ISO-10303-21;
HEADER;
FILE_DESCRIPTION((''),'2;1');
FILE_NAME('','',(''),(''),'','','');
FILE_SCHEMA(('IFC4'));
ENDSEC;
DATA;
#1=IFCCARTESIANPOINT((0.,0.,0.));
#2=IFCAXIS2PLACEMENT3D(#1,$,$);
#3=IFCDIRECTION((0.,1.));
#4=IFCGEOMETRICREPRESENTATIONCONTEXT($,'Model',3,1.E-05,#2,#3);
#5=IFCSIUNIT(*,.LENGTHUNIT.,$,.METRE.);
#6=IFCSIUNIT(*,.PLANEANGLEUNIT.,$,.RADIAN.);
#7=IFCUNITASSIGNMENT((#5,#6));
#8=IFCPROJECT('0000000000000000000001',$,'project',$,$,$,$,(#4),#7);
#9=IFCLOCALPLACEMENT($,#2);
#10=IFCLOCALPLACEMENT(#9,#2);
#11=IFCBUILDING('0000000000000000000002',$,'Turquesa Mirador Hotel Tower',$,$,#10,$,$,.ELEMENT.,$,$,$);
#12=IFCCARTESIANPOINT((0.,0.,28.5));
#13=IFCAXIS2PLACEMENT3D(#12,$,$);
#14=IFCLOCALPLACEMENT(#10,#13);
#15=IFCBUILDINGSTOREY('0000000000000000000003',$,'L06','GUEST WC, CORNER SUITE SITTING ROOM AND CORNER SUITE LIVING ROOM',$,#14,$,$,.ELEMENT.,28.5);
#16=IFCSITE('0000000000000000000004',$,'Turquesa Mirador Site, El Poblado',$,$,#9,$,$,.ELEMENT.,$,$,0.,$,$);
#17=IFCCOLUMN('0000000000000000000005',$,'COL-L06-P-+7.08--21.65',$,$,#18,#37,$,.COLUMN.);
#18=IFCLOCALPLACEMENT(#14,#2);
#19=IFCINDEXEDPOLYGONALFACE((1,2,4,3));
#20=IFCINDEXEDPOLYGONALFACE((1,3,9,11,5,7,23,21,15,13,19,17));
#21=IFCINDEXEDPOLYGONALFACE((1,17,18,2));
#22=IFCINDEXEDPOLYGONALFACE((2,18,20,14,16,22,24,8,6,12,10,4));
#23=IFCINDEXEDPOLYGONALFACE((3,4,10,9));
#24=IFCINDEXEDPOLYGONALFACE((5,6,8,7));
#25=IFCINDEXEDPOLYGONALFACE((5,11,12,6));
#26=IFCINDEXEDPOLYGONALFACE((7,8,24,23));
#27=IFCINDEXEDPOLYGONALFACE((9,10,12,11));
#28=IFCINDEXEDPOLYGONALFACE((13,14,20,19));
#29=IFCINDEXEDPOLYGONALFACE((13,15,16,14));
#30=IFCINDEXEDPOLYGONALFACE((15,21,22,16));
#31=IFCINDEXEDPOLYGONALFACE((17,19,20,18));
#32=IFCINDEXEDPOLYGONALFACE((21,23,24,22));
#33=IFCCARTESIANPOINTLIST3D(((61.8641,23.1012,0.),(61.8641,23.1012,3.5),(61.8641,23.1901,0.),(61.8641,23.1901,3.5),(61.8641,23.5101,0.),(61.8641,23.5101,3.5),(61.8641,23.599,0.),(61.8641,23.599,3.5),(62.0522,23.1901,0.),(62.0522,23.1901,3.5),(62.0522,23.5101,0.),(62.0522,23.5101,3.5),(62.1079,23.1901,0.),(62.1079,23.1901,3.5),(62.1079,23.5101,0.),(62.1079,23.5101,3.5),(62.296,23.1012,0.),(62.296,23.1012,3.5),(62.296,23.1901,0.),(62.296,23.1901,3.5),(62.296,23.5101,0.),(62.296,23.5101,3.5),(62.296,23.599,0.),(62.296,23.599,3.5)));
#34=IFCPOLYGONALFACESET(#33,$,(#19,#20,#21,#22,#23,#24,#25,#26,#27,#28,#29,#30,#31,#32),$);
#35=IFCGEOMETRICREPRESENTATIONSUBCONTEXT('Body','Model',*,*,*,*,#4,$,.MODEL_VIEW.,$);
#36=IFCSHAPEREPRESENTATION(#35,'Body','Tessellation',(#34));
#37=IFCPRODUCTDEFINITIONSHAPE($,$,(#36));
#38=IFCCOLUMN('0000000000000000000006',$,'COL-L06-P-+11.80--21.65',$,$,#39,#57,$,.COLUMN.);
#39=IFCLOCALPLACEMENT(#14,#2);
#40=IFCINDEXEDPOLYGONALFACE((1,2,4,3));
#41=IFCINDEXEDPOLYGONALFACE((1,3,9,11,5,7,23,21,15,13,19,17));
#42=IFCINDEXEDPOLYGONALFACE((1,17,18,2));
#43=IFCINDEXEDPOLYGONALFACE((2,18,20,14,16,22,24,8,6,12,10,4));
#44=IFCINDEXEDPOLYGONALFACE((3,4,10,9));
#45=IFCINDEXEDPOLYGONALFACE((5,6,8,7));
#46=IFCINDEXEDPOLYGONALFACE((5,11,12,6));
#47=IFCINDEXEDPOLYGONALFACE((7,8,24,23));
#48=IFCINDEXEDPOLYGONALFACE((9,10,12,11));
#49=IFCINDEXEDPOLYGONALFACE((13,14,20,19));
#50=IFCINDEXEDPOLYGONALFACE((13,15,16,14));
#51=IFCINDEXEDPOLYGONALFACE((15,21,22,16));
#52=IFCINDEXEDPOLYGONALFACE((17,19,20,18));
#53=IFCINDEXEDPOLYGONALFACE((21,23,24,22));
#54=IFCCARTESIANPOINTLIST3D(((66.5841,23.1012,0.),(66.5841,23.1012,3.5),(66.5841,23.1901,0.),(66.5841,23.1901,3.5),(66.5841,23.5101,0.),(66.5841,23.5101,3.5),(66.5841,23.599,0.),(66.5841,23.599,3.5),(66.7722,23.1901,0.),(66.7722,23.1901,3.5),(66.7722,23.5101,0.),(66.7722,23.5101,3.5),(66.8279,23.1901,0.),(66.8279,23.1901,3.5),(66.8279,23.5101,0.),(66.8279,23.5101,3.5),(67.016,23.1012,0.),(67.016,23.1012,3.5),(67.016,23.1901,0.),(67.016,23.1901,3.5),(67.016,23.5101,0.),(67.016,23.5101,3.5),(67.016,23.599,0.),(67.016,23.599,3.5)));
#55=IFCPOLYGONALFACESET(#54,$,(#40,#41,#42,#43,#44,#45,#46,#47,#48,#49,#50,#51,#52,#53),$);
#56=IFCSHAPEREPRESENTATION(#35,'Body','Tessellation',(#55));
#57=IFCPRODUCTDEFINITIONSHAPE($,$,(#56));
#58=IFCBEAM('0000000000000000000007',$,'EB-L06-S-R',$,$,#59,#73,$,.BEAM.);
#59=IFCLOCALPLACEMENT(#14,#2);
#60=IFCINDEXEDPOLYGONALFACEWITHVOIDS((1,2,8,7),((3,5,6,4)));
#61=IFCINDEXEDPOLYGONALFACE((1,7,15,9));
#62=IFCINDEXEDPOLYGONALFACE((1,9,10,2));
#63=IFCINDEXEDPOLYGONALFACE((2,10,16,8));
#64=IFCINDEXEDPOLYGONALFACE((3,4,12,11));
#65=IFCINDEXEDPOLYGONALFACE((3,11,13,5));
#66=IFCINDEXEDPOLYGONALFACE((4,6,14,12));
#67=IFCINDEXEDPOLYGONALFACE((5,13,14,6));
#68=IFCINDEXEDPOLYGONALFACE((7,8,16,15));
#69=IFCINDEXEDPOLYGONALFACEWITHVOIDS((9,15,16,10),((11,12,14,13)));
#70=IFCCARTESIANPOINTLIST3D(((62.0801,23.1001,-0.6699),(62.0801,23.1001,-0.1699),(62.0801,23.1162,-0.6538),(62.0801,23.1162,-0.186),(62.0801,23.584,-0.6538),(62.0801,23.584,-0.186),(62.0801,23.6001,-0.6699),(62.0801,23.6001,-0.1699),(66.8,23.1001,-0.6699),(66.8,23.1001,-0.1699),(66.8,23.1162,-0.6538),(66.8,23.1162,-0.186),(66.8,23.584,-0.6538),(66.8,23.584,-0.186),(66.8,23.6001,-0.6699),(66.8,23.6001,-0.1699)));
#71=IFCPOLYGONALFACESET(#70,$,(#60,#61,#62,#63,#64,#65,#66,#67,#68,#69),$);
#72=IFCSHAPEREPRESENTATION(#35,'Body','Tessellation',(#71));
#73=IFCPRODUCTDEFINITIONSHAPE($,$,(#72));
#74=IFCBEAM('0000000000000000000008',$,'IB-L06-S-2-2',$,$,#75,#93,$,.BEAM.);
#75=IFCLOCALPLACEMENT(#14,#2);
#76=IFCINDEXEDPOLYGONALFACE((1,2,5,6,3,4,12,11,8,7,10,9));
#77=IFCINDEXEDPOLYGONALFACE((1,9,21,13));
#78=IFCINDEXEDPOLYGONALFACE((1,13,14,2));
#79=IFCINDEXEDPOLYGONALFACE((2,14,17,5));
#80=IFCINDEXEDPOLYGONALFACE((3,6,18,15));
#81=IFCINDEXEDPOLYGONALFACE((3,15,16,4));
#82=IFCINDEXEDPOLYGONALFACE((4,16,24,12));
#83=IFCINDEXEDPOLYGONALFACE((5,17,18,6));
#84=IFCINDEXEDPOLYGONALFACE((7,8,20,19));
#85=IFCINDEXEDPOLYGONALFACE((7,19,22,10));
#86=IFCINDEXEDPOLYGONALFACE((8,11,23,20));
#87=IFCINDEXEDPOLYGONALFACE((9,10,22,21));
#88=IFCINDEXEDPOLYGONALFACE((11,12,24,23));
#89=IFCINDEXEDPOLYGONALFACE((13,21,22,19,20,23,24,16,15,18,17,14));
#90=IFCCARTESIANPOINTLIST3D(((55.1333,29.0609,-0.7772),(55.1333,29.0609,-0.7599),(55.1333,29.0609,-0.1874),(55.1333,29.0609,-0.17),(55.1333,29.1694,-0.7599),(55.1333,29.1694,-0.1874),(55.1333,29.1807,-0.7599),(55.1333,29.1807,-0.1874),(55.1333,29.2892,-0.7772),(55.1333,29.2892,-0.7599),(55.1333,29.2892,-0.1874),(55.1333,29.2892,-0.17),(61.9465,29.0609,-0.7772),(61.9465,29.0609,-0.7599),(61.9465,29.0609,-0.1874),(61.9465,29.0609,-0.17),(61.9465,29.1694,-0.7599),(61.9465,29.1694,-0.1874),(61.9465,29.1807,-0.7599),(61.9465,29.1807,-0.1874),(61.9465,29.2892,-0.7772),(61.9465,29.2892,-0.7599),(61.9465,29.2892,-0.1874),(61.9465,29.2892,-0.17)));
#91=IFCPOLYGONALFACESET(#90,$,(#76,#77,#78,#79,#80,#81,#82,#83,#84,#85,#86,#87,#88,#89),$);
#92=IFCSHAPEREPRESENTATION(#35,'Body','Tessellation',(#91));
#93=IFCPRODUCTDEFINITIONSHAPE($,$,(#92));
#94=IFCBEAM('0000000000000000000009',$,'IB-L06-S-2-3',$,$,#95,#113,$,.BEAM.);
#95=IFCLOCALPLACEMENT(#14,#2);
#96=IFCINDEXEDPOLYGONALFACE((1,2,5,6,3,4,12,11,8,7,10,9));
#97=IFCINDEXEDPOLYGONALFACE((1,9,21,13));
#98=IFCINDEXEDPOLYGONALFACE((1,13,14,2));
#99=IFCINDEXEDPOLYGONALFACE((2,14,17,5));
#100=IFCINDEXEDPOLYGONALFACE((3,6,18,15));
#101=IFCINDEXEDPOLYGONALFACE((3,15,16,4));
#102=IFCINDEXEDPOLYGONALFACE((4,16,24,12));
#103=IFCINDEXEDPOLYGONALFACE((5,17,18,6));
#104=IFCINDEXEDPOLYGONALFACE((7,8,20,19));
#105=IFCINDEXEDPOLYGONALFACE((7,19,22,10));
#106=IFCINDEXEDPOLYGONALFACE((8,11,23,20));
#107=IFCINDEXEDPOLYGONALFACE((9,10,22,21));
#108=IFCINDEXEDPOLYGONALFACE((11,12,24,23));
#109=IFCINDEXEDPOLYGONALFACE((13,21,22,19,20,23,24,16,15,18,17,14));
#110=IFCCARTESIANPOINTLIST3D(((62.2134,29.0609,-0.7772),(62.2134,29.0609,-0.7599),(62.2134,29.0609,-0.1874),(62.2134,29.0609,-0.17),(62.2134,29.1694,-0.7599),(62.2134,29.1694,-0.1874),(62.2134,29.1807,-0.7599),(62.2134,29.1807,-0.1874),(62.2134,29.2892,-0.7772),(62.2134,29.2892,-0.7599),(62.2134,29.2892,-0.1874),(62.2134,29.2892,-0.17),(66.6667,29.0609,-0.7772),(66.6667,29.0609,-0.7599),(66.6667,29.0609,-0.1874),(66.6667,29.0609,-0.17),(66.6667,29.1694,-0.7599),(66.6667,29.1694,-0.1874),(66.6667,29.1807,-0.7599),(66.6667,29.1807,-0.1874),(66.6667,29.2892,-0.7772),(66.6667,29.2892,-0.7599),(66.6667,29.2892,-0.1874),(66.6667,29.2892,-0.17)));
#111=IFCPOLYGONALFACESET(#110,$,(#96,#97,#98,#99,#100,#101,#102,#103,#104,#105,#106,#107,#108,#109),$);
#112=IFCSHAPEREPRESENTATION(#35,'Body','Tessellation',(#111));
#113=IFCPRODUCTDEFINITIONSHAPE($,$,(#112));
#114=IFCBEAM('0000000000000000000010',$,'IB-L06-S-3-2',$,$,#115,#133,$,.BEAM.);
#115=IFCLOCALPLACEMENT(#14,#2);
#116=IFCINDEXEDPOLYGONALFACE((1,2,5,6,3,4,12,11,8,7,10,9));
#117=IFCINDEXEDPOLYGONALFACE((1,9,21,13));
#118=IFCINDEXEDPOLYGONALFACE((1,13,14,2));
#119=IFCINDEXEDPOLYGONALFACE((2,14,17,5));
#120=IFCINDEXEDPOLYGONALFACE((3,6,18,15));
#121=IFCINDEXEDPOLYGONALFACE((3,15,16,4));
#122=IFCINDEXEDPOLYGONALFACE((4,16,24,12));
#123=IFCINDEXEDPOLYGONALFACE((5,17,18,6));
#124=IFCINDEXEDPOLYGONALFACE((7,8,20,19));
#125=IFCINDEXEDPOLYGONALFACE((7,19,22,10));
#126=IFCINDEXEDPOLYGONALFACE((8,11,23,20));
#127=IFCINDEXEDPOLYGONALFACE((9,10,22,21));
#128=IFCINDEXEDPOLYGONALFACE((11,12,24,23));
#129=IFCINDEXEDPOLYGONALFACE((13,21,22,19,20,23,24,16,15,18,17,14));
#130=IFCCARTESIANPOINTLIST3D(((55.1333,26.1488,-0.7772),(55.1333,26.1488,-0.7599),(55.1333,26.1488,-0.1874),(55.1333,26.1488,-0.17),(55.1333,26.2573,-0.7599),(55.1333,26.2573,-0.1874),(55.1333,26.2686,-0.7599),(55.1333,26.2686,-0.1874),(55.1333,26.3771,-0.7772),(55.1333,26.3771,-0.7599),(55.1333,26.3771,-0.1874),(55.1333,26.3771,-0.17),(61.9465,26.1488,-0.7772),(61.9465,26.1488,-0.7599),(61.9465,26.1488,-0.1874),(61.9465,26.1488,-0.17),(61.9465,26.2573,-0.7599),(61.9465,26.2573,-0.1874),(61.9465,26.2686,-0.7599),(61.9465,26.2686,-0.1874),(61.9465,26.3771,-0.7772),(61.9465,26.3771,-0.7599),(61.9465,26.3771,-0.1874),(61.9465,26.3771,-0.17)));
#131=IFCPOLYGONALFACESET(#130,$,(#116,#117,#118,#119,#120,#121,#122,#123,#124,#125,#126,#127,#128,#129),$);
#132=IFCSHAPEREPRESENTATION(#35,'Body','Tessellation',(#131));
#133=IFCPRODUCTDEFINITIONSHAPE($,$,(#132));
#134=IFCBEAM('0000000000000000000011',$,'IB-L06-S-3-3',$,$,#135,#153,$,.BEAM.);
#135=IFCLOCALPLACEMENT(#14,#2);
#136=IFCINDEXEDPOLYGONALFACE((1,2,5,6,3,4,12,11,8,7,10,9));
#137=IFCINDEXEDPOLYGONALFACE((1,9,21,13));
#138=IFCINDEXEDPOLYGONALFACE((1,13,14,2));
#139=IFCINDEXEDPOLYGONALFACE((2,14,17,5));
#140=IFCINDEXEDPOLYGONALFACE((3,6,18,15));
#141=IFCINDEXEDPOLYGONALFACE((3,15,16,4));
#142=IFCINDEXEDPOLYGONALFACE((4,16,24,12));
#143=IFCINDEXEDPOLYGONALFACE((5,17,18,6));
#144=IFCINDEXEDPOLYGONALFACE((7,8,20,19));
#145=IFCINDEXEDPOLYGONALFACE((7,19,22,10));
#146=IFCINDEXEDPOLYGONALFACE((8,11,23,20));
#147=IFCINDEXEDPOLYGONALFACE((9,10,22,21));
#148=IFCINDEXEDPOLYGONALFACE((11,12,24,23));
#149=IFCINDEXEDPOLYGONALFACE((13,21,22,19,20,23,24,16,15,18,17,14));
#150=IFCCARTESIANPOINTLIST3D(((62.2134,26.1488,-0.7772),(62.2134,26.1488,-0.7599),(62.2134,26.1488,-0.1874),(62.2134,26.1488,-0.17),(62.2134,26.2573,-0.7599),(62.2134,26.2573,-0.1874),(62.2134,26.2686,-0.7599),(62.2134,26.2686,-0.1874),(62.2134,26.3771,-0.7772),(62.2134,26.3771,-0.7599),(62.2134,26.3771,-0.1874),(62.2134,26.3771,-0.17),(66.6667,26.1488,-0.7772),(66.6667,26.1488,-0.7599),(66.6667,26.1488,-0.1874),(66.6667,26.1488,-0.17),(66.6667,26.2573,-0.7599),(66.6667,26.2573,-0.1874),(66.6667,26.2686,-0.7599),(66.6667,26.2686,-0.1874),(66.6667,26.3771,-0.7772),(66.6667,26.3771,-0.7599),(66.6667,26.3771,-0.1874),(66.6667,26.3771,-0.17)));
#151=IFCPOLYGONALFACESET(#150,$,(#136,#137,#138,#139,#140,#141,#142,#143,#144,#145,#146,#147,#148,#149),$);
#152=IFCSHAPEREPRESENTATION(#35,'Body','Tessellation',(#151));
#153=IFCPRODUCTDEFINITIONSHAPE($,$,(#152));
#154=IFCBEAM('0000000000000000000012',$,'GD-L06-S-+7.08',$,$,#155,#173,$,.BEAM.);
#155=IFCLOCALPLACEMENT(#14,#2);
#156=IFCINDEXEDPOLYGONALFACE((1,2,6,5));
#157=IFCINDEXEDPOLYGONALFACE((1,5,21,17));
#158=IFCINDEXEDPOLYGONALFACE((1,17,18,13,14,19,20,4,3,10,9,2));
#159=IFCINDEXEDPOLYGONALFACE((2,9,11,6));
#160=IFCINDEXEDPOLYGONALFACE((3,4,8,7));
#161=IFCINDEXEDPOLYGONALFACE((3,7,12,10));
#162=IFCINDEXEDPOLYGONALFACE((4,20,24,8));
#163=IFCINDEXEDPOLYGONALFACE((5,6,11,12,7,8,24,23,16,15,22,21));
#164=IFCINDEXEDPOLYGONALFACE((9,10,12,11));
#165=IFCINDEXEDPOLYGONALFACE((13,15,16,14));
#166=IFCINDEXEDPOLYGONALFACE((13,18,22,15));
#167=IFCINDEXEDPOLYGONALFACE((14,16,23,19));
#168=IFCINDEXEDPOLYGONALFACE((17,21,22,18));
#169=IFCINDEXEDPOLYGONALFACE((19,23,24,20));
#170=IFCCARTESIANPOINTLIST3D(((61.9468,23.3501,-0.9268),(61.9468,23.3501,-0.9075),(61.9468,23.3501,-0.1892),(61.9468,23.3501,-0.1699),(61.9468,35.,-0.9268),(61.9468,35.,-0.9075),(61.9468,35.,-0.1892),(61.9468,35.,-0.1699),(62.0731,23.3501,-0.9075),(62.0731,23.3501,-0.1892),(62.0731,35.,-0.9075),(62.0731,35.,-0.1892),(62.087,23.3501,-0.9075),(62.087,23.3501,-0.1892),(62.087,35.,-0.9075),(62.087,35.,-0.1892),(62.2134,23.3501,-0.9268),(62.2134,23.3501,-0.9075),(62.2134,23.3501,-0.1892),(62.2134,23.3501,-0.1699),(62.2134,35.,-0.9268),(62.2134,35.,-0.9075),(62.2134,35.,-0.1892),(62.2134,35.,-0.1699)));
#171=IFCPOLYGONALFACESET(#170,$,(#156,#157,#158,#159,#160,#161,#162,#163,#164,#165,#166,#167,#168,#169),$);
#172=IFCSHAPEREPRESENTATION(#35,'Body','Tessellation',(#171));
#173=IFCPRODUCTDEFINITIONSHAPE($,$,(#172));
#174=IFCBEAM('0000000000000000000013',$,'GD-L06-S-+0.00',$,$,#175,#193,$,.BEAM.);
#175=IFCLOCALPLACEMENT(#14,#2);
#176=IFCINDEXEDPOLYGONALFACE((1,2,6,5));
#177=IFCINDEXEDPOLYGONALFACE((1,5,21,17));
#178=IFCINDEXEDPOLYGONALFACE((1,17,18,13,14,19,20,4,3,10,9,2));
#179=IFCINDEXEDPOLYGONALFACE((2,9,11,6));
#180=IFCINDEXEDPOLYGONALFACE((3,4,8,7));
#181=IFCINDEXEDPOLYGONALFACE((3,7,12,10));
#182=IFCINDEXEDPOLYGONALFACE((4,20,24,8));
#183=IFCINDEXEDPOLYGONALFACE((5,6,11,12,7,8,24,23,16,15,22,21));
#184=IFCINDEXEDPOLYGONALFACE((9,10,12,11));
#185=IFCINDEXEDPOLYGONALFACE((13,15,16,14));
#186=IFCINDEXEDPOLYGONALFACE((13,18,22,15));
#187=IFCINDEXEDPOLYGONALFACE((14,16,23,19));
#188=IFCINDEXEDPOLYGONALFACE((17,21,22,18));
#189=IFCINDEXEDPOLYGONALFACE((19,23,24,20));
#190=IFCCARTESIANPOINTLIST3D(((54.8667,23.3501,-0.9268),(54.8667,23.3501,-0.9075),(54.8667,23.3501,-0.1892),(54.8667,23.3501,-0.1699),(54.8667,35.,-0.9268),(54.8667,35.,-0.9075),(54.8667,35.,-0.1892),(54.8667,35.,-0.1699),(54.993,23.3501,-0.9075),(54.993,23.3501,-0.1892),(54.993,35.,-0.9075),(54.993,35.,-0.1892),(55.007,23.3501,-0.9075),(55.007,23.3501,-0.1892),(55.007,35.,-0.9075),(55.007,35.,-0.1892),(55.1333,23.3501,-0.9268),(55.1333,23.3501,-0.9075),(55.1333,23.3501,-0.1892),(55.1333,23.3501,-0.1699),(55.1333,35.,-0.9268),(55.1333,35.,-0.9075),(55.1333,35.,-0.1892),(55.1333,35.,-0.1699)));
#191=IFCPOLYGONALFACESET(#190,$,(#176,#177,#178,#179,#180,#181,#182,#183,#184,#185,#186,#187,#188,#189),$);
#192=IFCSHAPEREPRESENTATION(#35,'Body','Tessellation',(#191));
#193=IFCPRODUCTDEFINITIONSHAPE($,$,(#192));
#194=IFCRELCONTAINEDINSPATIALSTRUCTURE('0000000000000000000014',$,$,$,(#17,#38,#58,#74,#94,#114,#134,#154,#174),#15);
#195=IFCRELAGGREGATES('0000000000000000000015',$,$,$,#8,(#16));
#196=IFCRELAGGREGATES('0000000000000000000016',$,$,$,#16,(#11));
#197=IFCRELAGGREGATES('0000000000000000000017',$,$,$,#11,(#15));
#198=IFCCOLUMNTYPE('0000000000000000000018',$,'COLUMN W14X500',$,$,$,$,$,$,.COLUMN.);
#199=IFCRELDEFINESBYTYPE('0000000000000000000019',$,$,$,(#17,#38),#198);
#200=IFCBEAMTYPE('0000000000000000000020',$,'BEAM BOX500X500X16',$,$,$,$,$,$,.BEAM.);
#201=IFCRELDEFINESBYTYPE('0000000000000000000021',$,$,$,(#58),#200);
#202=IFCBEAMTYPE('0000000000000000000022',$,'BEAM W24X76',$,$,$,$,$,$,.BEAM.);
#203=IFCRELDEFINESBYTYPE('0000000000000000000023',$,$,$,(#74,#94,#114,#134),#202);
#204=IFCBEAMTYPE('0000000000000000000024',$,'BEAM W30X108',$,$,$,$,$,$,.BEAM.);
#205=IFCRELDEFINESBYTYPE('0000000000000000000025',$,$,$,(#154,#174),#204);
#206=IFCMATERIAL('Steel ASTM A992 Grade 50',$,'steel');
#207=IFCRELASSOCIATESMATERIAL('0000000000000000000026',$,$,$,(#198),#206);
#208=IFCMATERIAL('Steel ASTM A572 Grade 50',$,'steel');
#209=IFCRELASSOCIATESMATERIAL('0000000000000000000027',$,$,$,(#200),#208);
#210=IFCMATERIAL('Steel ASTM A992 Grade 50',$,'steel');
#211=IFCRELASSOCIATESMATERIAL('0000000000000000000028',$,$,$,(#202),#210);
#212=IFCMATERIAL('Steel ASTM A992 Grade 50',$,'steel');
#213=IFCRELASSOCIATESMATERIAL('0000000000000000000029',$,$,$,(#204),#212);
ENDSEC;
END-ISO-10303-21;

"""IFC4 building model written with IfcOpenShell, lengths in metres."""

from ifc_helpers import new_model, si_unit, direction, frame, origin, origin_2d, place, context, subcontext, project, spatial, hollow_rectangle, i_section, extrude, material, material_profile, profile_set, type_object, element, save


model = new_model("IFC4")

# Units and contexts
model_context = context("Model", 3, precision=1e-05, world=origin(), true_north=direction((0.0, 1.0)))
body_context = subcontext(model_context, "Body", "Model", "MODEL_VIEW")
ifc_project = project(units=[si_unit("LENGTHUNIT", "METRE"), si_unit("PLANEANGLEUNIT", "RADIAN")], contexts=[model_context])

# Site, building, storey
site_placement = place(None, origin())
site = spatial("IfcSite", under=ifc_project, at=site_placement, Name="Turquesa Mirador Site, El Poblado", CompositionType="ELEMENT", RefElevation=0.0)
building_placement = place(site_placement, origin())
building = spatial("IfcBuilding", under=site, at=building_placement, Name="Turquesa Mirador Hotel Tower", CompositionType="ELEMENT")
storey_placement = place(building_placement, frame((0.0, 0.0, 28.5)))
storey = spatial("IfcBuildingStorey", under=building, at=storey_placement, Name="L06", Description="GUEST WC, CORNER SUITE SITTING ROOM AND CORNER SUITE LIVING ROOM", CompositionType="ELEMENT", Elevation=28.5)

# Columns
ifc_material_1 = material(Name="Steel ASTM A992 Grade 50", Category="steel")
ifc_material_profile_1 = material_profile(ifc_material_1, i_section(OverallWidth=0.4319, OverallDepth=0.4978, WebThickness=0.0557, FlangeThickness=0.0889, at=origin_2d()), Name="W14X500")
ifc_profile_set_1 = profile_set([ifc_material_profile_1], Name="Steel ASTM A992 Grade 50")
column_type = type_object("IfcColumnType", Name="COLUMN W14X500", PredefinedType="COLUMN", material=ifc_profile_set_1)
for number, where, z_axis, x_axis, name in (
    (1, (62.0801, 23.3501, 0.0), (0.0, 0.0, 1.0), (1.0, 0.0, 0.0), "COL-L06-P-+7.08--21.65"),
    (2, (66.8, 23.3501, 0.0), (0.0, 0.0, 1.0), (1.0, 0.0, 0.0), "COL-L06-P-+11.80--21.65"),
):
    element("IfcColumn", number, at=place(storey_placement, frame(where, z_axis=z_axis, x_axis=x_axis)), inside=storey, type_object=column_type, Name=name, PredefinedType="COLUMN", context=body_context, shape_type="SweptSolid", body=[
        extrude(i_section(OverallWidth=0.4319, OverallDepth=0.4978, WebThickness=0.0557, FlangeThickness=0.0889, at=origin_2d()), origin(), (0.0, 0.0, 1.0), 3.5),
    ])

# Beams
ifc_material_2 = material(Name="Steel ASTM A572 Grade 50", Category="steel")
ifc_material_profile_2 = material_profile(ifc_material_2, hollow_rectangle(XDim=0.5, YDim=0.5, WallThickness=0.0161, at=origin_2d()), Name="BOX500X500X16")
ifc_profile_set_2 = profile_set([ifc_material_profile_2], Name="Steel ASTM A572 Grade 50")
beam_type_1 = type_object("IfcBeamType", Name="BEAM BOX500X500X16", PredefinedType="BEAM", material=ifc_profile_set_2)
beam_1_placement = place(storey_placement, frame((62.0801, 23.3501, -0.4199), z_axis=(1.0, 0.0, 0.0), x_axis=(0.0, 1.0, 0.0)))
element("IfcBeam", 3, at=beam_1_placement, inside=storey, type_object=beam_type_1, Name="EB-L06-S-R", PredefinedType="BEAM", context=body_context, shape_type="SweptSolid", body=[
    extrude(hollow_rectangle(XDim=0.5, YDim=0.5, WallThickness=0.0161, at=origin_2d()), origin(), (0.0, 0.0, 1.0), 4.72),
])
ifc_material_3 = material(Name="Steel ASTM A992 Grade 50", Category="steel")
ifc_material_profile_3 = material_profile(ifc_material_3, i_section(OverallWidth=0.2283, OverallDepth=0.6072, WebThickness=0.0112, FlangeThickness=0.0173, at=origin_2d()), Name="W24X76")
ifc_profile_set_3 = profile_set([ifc_material_profile_3], Name="Steel ASTM A992 Grade 50")
beam_type_2 = type_object("IfcBeamType", Name="BEAM W24X76", PredefinedType="BEAM", material=ifc_profile_set_3)
beam_2_placement = place(storey_placement, frame((55.1333, 29.175, -0.4736), z_axis=(1.0, 0.0, 0.0), x_axis=(0.0, 1.0, 0.0)))
element("IfcBeam", 4, at=beam_2_placement, inside=storey, type_object=beam_type_2, Name="IB-L06-S-2-2", PredefinedType="BEAM", context=body_context, shape_type="SweptSolid", body=[
    extrude(i_section(OverallWidth=0.2283, OverallDepth=0.6072, WebThickness=0.0112, FlangeThickness=0.0173, at=origin_2d()), origin(), (0.0, 0.0, 1.0), 6.8132),
])
beam_3_placement = place(storey_placement, frame((62.2134, 29.175, -0.4736), z_axis=(1.0, 0.0, 0.0), x_axis=(0.0, 1.0, 0.0)))
element("IfcBeam", 5, at=beam_3_placement, inside=storey, type_object=beam_type_2, Name="IB-L06-S-2-3", PredefinedType="BEAM", context=body_context, shape_type="SweptSolid", body=[
    extrude(i_section(OverallWidth=0.2283, OverallDepth=0.6072, WebThickness=0.0112, FlangeThickness=0.0173, at=origin_2d()), origin(), (0.0, 0.0, 1.0), 4.4534),
])
beam_4_placement = place(storey_placement, frame((55.1333, 26.2629, -0.4736), z_axis=(1.0, 0.0, 0.0), x_axis=(0.0, 1.0, 0.0)))
element("IfcBeam", 6, at=beam_4_placement, inside=storey, type_object=beam_type_2, Name="IB-L06-S-3-2", PredefinedType="BEAM", context=body_context, shape_type="SweptSolid", body=[
    extrude(i_section(OverallWidth=0.2283, OverallDepth=0.6072, WebThickness=0.0112, FlangeThickness=0.0173, at=origin_2d()), origin(), (0.0, 0.0, 1.0), 6.8132),
])
beam_5_placement = place(storey_placement, frame((62.2134, 26.2629, -0.4736), z_axis=(1.0, 0.0, 0.0), x_axis=(0.0, 1.0, 0.0)))
element("IfcBeam", 7, at=beam_5_placement, inside=storey, type_object=beam_type_2, Name="IB-L06-S-3-3", PredefinedType="BEAM", context=body_context, shape_type="SweptSolid", body=[
    extrude(i_section(OverallWidth=0.2283, OverallDepth=0.6072, WebThickness=0.0112, FlangeThickness=0.0173, at=origin_2d()), origin(), (0.0, 0.0, 1.0), 4.4534),
])
ifc_material_4 = material(Name="Steel ASTM A992 Grade 50", Category="steel")
ifc_material_profile_4 = material_profile(ifc_material_4, i_section(OverallWidth=0.2666, OverallDepth=0.7568, WebThickness=0.0139, FlangeThickness=0.0193, at=origin_2d()), Name="W30X108")
ifc_profile_set_4 = profile_set([ifc_material_profile_4], Name="Steel ASTM A992 Grade 50")
beam_type_3 = type_object("IfcBeamType", Name="BEAM W30X108", PredefinedType="BEAM", material=ifc_profile_set_4)
for number, where, z_axis, x_axis, name in (
    (8, (62.0801, 23.3501, -0.5483), (0.0, 1.0, 0.0), (-1.0, 0.0, 0.0), "GD-L06-S-+7.08"),
    (9, (55.0, 23.3501, -0.5483), (0.0, 1.0, 0.0), (-1.0, 0.0, 0.0), "GD-L06-S-+0.00"),
):
    element("IfcBeam", number, at=place(storey_placement, frame(where, z_axis=z_axis, x_axis=x_axis)), inside=storey, type_object=beam_type_3, Name=name, PredefinedType="BEAM", context=body_context, shape_type="SweptSolid", body=[
        extrude(i_section(OverallWidth=0.2666, OverallDepth=0.7568, WebThickness=0.0139, FlangeThickness=0.0193, at=origin_2d()), origin(), (0.0, 0.0, 1.0), 11.6499),
    ])

save(model, "model.ifc")
